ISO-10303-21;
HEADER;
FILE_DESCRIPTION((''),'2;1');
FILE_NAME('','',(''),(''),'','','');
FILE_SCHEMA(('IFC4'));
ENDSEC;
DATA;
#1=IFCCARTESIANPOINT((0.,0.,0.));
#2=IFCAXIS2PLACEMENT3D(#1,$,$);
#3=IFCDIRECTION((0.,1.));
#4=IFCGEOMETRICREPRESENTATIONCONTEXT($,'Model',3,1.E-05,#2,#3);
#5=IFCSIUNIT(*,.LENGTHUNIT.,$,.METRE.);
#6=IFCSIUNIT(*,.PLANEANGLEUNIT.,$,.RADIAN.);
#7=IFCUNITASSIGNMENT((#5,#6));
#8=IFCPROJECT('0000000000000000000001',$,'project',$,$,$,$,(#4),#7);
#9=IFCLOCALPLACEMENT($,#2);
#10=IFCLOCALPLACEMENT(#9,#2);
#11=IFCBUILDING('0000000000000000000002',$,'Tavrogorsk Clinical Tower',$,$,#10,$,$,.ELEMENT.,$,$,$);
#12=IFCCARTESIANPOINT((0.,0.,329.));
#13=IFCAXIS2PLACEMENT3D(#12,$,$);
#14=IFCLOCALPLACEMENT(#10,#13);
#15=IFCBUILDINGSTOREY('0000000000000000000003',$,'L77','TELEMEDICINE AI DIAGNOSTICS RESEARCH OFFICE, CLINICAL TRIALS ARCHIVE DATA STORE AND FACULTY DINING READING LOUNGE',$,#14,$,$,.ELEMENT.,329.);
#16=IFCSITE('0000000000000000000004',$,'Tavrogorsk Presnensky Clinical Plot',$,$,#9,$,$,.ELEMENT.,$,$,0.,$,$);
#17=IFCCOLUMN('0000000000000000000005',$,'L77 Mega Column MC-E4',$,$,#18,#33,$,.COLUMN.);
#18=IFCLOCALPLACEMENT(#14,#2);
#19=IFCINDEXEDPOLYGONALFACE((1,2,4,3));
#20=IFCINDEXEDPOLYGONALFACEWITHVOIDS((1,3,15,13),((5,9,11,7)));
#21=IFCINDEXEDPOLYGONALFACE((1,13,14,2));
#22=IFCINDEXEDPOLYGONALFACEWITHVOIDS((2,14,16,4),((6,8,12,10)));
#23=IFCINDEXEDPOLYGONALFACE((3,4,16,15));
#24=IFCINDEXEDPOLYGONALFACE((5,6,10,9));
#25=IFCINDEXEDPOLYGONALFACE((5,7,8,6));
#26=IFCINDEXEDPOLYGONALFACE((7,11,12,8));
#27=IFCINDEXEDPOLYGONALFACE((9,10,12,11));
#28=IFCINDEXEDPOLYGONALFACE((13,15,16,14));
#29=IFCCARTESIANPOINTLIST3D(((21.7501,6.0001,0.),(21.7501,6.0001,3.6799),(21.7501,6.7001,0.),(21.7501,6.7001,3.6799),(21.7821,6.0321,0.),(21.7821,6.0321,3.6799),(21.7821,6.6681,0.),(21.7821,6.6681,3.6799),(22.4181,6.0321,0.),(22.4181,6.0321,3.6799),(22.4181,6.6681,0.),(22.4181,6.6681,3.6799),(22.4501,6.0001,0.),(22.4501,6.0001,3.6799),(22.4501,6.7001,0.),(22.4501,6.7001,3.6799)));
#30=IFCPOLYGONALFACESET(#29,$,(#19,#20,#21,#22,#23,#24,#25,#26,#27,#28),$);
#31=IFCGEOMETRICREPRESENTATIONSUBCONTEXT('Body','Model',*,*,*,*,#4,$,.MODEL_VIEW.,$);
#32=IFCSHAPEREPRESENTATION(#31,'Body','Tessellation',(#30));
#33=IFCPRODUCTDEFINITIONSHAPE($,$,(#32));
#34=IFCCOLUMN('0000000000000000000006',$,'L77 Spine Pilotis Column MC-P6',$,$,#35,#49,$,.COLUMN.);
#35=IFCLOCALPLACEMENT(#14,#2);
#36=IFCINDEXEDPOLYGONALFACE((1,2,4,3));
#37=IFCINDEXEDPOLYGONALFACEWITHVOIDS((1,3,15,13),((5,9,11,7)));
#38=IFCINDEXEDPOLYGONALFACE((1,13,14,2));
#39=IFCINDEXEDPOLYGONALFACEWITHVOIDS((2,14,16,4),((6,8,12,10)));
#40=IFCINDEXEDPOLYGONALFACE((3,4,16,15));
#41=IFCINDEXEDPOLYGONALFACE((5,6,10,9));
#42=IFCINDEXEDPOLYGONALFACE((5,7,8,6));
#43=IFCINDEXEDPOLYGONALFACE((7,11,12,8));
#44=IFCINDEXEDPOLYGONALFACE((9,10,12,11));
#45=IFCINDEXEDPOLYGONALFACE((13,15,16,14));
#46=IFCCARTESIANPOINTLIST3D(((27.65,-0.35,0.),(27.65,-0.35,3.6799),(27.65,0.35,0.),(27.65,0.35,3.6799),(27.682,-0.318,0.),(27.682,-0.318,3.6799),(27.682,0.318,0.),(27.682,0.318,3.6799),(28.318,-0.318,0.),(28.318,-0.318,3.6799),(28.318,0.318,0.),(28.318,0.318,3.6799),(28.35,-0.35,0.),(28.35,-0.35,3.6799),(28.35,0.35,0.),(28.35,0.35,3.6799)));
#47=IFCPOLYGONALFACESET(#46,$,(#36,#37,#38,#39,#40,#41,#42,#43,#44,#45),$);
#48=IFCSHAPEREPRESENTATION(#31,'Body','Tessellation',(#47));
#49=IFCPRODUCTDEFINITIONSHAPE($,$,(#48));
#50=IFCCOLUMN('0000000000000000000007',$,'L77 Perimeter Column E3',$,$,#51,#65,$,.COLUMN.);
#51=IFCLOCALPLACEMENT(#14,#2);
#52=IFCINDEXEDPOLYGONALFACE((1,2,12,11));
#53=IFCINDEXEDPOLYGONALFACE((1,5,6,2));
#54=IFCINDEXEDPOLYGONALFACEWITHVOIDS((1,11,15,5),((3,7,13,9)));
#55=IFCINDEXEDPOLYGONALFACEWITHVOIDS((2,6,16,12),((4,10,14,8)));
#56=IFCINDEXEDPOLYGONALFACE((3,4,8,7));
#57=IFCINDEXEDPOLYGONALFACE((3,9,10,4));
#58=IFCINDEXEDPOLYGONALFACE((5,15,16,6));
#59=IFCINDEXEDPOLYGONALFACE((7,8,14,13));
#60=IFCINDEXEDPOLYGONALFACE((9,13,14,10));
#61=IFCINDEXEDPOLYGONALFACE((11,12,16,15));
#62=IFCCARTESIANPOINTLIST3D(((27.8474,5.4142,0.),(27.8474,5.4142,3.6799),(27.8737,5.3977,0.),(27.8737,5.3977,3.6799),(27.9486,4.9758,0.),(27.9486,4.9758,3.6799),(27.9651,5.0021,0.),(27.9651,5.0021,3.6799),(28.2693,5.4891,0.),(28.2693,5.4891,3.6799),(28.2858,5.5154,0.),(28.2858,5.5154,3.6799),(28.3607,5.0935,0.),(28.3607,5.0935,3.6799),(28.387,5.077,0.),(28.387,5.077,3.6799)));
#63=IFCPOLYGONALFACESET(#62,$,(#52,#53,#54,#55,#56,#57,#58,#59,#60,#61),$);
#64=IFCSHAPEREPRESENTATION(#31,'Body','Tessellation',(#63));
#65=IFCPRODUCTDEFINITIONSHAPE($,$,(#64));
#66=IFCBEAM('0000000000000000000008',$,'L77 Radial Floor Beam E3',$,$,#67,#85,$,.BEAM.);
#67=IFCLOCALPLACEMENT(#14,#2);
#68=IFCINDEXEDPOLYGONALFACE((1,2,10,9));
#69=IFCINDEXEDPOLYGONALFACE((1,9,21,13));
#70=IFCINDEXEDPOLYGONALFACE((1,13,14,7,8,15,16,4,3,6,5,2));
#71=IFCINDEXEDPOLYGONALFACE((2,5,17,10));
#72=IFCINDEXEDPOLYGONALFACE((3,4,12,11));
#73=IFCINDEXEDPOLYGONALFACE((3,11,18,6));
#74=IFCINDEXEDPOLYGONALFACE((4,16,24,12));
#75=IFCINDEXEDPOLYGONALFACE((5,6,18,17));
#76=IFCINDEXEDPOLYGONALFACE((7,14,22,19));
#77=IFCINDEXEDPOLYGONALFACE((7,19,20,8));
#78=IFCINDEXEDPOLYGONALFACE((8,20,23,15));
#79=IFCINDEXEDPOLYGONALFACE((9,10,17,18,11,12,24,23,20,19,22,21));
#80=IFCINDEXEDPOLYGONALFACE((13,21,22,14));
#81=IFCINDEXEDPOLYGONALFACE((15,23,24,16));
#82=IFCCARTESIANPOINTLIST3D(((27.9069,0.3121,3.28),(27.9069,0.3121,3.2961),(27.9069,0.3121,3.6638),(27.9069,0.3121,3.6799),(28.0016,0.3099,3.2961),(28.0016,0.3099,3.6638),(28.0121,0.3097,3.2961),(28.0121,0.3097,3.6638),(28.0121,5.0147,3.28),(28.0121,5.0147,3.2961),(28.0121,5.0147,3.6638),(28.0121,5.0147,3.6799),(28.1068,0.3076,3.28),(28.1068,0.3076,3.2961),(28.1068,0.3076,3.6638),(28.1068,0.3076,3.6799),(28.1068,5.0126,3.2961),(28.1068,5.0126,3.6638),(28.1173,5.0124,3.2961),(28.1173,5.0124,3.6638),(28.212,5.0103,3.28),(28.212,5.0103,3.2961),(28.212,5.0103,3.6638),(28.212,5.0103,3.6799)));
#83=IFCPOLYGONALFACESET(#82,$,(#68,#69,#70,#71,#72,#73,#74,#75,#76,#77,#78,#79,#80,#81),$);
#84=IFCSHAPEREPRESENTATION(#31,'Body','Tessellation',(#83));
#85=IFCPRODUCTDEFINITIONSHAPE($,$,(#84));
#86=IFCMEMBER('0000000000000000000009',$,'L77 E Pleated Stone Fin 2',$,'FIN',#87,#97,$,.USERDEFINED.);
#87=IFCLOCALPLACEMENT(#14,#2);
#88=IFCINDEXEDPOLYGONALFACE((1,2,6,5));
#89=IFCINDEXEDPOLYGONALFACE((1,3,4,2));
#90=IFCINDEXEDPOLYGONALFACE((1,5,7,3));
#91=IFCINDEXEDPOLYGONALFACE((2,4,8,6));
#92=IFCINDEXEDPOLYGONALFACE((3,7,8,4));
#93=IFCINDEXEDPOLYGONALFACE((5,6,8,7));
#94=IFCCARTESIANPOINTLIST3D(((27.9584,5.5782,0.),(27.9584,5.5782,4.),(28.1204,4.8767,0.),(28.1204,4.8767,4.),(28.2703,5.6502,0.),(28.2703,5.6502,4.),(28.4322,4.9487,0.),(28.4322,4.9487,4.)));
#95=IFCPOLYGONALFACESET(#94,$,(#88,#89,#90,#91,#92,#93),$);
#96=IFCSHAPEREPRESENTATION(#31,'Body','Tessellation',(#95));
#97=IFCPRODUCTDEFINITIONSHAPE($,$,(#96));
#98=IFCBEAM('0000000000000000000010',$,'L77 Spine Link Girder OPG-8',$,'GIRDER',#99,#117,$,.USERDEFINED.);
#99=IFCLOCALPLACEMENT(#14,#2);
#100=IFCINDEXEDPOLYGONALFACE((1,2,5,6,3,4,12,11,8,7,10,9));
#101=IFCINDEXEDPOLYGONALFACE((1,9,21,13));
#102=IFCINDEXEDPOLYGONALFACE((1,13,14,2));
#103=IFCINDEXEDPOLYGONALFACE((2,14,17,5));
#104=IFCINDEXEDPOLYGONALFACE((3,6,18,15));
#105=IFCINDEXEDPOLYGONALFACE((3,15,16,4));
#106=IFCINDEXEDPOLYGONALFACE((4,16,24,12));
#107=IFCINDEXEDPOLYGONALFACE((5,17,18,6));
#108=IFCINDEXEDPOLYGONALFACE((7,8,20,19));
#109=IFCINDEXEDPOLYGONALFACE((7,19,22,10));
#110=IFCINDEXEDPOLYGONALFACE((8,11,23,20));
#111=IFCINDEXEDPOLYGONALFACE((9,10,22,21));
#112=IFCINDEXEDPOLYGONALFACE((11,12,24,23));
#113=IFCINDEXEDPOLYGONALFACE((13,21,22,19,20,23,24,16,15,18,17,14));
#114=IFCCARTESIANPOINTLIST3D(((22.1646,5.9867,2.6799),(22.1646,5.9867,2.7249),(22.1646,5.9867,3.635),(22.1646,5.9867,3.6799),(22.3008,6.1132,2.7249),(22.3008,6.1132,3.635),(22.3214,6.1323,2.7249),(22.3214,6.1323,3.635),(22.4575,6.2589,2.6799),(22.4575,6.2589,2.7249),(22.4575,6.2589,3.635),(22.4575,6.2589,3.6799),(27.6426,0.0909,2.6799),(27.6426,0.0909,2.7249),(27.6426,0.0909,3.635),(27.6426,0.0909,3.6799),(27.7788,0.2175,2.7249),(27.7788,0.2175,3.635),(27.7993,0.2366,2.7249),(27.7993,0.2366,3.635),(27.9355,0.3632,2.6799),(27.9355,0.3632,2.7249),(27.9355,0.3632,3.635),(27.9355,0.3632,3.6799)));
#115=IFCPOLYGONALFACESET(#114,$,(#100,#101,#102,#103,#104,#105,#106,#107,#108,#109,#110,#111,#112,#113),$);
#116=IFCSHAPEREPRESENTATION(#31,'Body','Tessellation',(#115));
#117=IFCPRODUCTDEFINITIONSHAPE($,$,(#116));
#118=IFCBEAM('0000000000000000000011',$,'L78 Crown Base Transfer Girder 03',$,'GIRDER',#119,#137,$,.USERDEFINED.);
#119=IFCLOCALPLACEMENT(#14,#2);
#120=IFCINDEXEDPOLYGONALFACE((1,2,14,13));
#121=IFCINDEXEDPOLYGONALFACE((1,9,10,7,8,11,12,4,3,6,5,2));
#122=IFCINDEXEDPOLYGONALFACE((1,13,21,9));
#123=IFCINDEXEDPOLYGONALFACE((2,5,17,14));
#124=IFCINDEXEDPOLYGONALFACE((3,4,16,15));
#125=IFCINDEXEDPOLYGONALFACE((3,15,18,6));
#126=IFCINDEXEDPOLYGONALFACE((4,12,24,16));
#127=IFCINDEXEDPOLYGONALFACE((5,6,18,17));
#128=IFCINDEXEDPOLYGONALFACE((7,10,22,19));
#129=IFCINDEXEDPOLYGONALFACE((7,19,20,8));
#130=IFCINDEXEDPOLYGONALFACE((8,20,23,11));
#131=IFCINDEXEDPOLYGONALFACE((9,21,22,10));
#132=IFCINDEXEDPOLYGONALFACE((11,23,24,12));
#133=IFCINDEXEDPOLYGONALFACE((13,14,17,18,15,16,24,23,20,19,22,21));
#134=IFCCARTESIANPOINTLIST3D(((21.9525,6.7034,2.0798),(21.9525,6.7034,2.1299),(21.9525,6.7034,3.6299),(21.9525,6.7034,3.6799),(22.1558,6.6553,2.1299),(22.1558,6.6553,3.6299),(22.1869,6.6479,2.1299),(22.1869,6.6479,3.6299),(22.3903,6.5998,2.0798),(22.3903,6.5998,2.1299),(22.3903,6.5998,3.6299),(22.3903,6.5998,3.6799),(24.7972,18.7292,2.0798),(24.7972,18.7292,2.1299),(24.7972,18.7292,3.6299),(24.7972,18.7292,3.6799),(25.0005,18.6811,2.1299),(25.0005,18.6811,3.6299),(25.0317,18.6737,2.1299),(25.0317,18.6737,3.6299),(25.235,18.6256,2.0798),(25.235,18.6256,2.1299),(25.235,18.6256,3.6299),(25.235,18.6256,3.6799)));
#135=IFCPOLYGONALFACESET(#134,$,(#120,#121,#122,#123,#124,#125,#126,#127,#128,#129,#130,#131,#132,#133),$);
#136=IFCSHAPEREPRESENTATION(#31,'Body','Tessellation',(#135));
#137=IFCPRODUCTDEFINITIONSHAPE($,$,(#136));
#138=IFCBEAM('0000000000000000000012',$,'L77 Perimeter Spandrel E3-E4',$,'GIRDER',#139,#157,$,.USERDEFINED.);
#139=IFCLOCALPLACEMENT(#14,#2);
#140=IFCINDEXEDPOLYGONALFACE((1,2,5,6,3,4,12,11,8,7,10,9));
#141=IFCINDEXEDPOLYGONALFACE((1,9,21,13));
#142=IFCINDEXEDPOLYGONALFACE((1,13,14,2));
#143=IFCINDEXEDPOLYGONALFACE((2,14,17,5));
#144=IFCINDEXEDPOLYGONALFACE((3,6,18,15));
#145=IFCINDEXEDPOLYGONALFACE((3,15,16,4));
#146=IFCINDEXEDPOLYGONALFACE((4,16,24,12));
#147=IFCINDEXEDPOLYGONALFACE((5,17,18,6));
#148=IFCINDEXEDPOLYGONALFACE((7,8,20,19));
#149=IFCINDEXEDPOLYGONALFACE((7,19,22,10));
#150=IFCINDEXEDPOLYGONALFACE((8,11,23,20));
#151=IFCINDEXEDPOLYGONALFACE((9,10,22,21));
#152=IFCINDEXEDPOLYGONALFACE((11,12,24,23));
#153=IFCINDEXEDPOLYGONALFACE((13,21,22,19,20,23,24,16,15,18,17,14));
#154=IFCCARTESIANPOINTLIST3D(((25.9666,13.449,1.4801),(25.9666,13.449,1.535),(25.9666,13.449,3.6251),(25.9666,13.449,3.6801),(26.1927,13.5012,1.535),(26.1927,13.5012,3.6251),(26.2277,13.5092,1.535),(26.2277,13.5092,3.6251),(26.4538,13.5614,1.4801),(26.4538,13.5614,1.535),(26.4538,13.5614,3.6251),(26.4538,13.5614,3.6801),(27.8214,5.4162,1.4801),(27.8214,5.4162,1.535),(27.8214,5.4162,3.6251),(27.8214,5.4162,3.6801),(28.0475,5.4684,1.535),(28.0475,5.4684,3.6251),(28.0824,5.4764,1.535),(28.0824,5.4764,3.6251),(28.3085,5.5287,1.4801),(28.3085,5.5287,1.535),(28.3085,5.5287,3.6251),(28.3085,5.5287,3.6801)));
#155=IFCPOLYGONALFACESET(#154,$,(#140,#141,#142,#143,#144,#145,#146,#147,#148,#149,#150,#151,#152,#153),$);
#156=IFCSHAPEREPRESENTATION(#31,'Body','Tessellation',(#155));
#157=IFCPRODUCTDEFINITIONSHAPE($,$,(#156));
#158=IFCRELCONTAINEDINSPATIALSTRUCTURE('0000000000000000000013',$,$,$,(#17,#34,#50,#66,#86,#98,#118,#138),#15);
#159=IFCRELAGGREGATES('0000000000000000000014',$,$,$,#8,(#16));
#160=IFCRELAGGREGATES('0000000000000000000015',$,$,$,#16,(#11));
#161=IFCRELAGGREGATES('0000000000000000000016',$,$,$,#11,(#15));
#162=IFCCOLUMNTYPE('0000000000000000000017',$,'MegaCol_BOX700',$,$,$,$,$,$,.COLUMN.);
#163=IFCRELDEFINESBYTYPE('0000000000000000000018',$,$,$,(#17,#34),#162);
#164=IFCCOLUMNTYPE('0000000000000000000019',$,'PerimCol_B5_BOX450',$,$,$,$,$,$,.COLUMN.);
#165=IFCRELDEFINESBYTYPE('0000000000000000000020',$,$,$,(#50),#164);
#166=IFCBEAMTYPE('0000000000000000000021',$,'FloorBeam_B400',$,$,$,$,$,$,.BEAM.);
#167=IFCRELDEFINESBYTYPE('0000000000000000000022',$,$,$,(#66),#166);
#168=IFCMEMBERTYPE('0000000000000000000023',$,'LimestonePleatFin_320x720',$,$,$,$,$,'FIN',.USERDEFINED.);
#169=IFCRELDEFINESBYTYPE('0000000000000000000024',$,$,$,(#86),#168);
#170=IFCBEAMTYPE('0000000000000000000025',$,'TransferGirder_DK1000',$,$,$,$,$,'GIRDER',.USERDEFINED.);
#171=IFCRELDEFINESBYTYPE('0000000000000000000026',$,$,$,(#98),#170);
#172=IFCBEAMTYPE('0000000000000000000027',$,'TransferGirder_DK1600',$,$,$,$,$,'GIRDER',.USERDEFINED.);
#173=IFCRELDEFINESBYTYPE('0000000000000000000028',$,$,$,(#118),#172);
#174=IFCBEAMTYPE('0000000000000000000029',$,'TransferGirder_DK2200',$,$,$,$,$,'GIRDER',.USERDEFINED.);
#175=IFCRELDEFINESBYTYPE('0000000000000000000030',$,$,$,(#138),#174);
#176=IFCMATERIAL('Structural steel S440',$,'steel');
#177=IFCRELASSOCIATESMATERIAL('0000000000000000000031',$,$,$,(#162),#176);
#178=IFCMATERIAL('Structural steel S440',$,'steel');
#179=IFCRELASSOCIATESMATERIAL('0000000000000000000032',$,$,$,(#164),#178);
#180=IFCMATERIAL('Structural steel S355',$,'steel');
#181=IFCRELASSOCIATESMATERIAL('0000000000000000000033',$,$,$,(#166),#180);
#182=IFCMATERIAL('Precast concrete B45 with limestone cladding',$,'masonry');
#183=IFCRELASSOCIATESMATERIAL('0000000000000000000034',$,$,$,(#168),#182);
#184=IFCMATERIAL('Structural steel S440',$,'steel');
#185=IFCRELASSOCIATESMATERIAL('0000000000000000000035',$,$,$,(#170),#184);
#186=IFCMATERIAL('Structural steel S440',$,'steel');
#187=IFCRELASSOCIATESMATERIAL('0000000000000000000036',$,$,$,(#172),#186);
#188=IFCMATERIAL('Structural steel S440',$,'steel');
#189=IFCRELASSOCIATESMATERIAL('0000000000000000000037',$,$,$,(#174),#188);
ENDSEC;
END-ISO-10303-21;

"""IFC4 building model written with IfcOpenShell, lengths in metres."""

from ifc_helpers import new_model, si_unit, direction, frame, origin, origin_2d, place, context, subcontext, project, spatial, rectangle, hollow_rectangle, i_section, extrude, material, material_profile, profile_set, type_object, element, save


model = new_model("IFC4")

# Units and contexts
model_context = context("Model", 3, precision=1e-05, world=origin(), true_north=direction((0.0, 1.0)))
body_context = subcontext(model_context, "Body", "Model", "MODEL_VIEW")
ifc_project = project(units=[si_unit("LENGTHUNIT", "METRE"), si_unit("PLANEANGLEUNIT", "RADIAN")], contexts=[model_context])

# Site, building, storey
site_placement = place(None, origin())
site = spatial("IfcSite", under=ifc_project, at=site_placement, Name="Tavrogorsk Presnensky Clinical Plot", CompositionType="ELEMENT", RefElevation=0.0)
building_placement = place(site_placement, origin())
building = spatial("IfcBuilding", under=site, at=building_placement, Name="Tavrogorsk Clinical Tower", CompositionType="ELEMENT")
storey_placement = place(building_placement, frame((0.0, 0.0, 329.0)))
storey = spatial("IfcBuildingStorey", under=building, at=storey_placement, Name="L77", Description="TELEMEDICINE AI DIAGNOSTICS RESEARCH OFFICE, CLINICAL TRIALS ARCHIVE DATA STORE AND FACULTY DINING READING LOUNGE", CompositionType="ELEMENT", Elevation=329.0)

# Columns
ifc_material_1 = material(Name="Structural steel S440", Category="steel")
ifc_material_profile_1 = material_profile(ifc_material_1, hollow_rectangle(XDim=0.7, YDim=0.7, WallThickness=0.032, at=origin_2d()), Name="BOX-700x700x32")
ifc_profile_set_1 = profile_set([ifc_material_profile_1], Name="Structural steel S440")
column_type_1 = type_object("IfcColumnType", Name="MegaCol_BOX700", PredefinedType="COLUMN", material=ifc_profile_set_1)
for number, where, z_axis, x_axis, name in (
    (1, (22.1001, 6.3501, 0.0), (0.0, 0.0, 1.0), (1.0, 0.0, 0.0), "L77 Mega Column MC-E4"),
    (2, (28.0, 0.0, 0.0), (0.0, 0.0, 1.0), (1.0, 0.0, 0.0), "L77 Spine Pilotis Column MC-P6"),
):
    element("IfcColumn", number, at=place(storey_placement, frame(where, z_axis=z_axis, x_axis=x_axis)), inside=storey, type_object=column_type_1, Name=name, PredefinedType="COLUMN", context=body_context, shape_type="SweptSolid", body=[
        extrude(hollow_rectangle(XDim=0.7, YDim=0.7, WallThickness=0.032, at=origin_2d()), origin(), (0.0, 0.0, 1.0), 3.6799),
    ])
ifc_material_2 = material(Name="Structural steel S440", Category="steel")
ifc_material_profile_2 = material_profile(ifc_material_2, hollow_rectangle(XDim=0.45, YDim=0.45, WallThickness=0.022, at=origin_2d()), Name="BOX-450x450x22")
ifc_profile_set_2 = profile_set([ifc_material_profile_2], Name="Structural steel S440")
column_type_2 = type_object("IfcColumnType", Name="PerimCol_B5_BOX450", PredefinedType="COLUMN", material=ifc_profile_set_2)
column_placement = place(storey_placement, frame((28.1172, 5.2456, 0.0), z_axis=(0.0, 0.0, 1.0), x_axis=(0.97437, 0.224951, 0.0)))
element("IfcColumn", 3, at=column_placement, inside=storey, type_object=column_type_2, Name="L77 Perimeter Column E3", PredefinedType="COLUMN", context=body_context, shape_type="SweptSolid", body=[
    extrude(hollow_rectangle(XDim=0.45, YDim=0.45, WallThickness=0.022, at=origin_2d()), origin(), (0.0, 0.0, 1.0), 3.6799),
])

# Beam
ifc_material_3 = material(Name="Structural steel S355", Category="steel")
ifc_material_profile_3 = material_profile(ifc_material_3, i_section(OverallWidth=0.2, OverallDepth=0.3999, WebThickness=0.0105, FlangeThickness=0.0161, at=origin_2d()), Name="B-400x200x10.5x16")
ifc_profile_set_3 = profile_set([ifc_material_profile_3], Name="Structural steel S355")
beam_type_1 = type_object("IfcBeamType", Name="FloorBeam_B400", PredefinedType="BEAM", material=ifc_profile_set_3)
beam_1_placement = place(storey_placement, frame((28.0068, 0.3098, 3.48), z_axis=(0.02237, 0.99975, 0.0), x_axis=(-0.99975, 0.02237, 0.0)))
element("IfcBeam", 4, at=beam_1_placement, inside=storey, type_object=beam_type_1, Name="L77 Radial Floor Beam E3", PredefinedType="BEAM", context=body_context, shape_type="SweptSolid", body=[
    extrude(i_section(OverallWidth=0.2, OverallDepth=0.3999, WebThickness=0.0105, FlangeThickness=0.0161, at=origin_2d()), origin(), (0.0, 0.0, 1.0), 4.7039),
])

# Member
ifc_material_4 = material(Name="Precast concrete B45 with limestone cladding", Category="masonry")
ifc_material_profile_4 = material_profile(ifc_material_4, rectangle(XDim=0.3201, YDim=0.72, at=origin_2d()), Name="LIMESTONE-FIN-320x720")
ifc_profile_set_4 = profile_set([ifc_material_profile_4], Name="Precast concrete B45 with limestone cladding")
member_type = type_object("IfcMemberType", Name="LimestonePleatFin_320x720", ElementType="FIN", PredefinedType="USERDEFINED", material=ifc_profile_set_4)
member_placement = place(storey_placement, frame((28.1953, 5.2634, 0.0), z_axis=(0.0, 0.0, 1.0), x_axis=(0.97437, 0.224951, 0.0)))
element("IfcMember", 5, at=member_placement, inside=storey, type_object=member_type, Name="L77 E Pleated Stone Fin 2", ObjectType="FIN", PredefinedType="USERDEFINED", context=body_context, shape_type="SweptSolid", body=[
    extrude(rectangle(XDim=0.3201, YDim=0.72, at=origin_2d()), origin(), (0.0, 0.0, 1.0), 4.0),
])

# Beams
ifc_material_5 = material(Name="Structural steel S440", Category="steel")
ifc_material_profile_5 = material_profile(ifc_material_5, i_section(OverallWidth=0.3999, OverallDepth=1.0, WebThickness=0.0281, FlangeThickness=0.0449, at=origin_2d()), Name="DK-1000x400x28x45")
ifc_profile_set_5 = profile_set([ifc_material_profile_5], Name="Structural steel S440")
beam_type_2 = type_object("IfcBeamType", Name="TransferGirder_DK1000", ElementType="GIRDER", PredefinedType="USERDEFINED", material=ifc_profile_set_5)
beam_2_placement = place(storey_placement, frame((27.7891, 0.2271, 3.1799), z_axis=(-0.680678, 0.732583, 0.0), x_axis=(-0.732583, -0.680678, 0.0)))
element("IfcBeam", 6, at=beam_2_placement, inside=storey, type_object=beam_type_2, Name="L77 Spine Link Girder OPG-8", ObjectType="GIRDER", PredefinedType="USERDEFINED", context=body_context, shape_type="SweptSolid", body=[
    extrude(i_section(OverallWidth=0.3999, OverallDepth=1.0, WebThickness=0.0281, FlangeThickness=0.0449, at=origin_2d()), origin(), (0.0, 0.0, 1.0), 8.0479),
])
ifc_material_6 = material(Name="Structural steel S440", Category="steel")
ifc_material_profile_6 = material_profile(ifc_material_6, i_section(OverallWidth=0.45, OverallDepth=1.6001, WebThickness=0.032, FlangeThickness=0.05, at=origin_2d()), Name="DK-1600x450x32x50")
ifc_profile_set_6 = profile_set([ifc_material_profile_6], Name="Structural steel S440")
beam_type_3 = type_object("IfcBeamType", Name="TransferGirder_DK1600", ElementType="GIRDER", PredefinedType="USERDEFINED", material=ifc_profile_set_6)
beam_3_placement = place(storey_placement, frame((22.1714, 6.6516, 2.8799), z_axis=(0.230198, 0.973144, 0.0), x_axis=(-0.973144, 0.230198, 0.0)))
element("IfcBeam", 7, at=beam_3_placement, inside=storey, type_object=beam_type_3, Name="L78 Crown Base Transfer Girder 03", ObjectType="GIRDER", PredefinedType="USERDEFINED", context=body_context, shape_type="SweptSolid", body=[
    extrude(i_section(OverallWidth=0.45, OverallDepth=1.6001, WebThickness=0.032, FlangeThickness=0.05, at=origin_2d()), origin(), (0.0, 0.0, 1.0), 12.3577),
])
ifc_material_7 = material(Name="Structural steel S440", Category="steel")
ifc_material_profile_7 = material_profile(ifc_material_7, i_section(OverallWidth=0.5, OverallDepth=2.2, WebThickness=0.0359, FlangeThickness=0.0549, at=origin_2d()), Name="DK-2200x500x36x55")
ifc_profile_set_7 = profile_set([ifc_material_profile_7], Name="Structural steel S440")
beam_type_4 = type_object("IfcBeamType", Name="TransferGirder_DK2200", ElementType="GIRDER", PredefinedType="USERDEFINED", material=ifc_profile_set_7)
beam_4_placement = place(storey_placement, frame((28.0649, 5.4724, 2.5801), z_axis=(-0.224978, 0.974364, 0.0), x_axis=(-0.974364, -0.224978, 0.0)))
element("IfcBeam", 8, at=beam_4_placement, inside=storey, type_object=beam_type_4, Name="L77 Perimeter Spandrel E3-E4", ObjectType="GIRDER", PredefinedType="USERDEFINED", context=body_context, shape_type="SweptSolid", body=[
    extrude(i_section(OverallWidth=0.5, OverallDepth=2.2, WebThickness=0.0359, FlangeThickness=0.0549, at=origin_2d()), origin(), (0.0, 0.0, 1.0), 8.2441),
])

save(model, "model.ifc")
